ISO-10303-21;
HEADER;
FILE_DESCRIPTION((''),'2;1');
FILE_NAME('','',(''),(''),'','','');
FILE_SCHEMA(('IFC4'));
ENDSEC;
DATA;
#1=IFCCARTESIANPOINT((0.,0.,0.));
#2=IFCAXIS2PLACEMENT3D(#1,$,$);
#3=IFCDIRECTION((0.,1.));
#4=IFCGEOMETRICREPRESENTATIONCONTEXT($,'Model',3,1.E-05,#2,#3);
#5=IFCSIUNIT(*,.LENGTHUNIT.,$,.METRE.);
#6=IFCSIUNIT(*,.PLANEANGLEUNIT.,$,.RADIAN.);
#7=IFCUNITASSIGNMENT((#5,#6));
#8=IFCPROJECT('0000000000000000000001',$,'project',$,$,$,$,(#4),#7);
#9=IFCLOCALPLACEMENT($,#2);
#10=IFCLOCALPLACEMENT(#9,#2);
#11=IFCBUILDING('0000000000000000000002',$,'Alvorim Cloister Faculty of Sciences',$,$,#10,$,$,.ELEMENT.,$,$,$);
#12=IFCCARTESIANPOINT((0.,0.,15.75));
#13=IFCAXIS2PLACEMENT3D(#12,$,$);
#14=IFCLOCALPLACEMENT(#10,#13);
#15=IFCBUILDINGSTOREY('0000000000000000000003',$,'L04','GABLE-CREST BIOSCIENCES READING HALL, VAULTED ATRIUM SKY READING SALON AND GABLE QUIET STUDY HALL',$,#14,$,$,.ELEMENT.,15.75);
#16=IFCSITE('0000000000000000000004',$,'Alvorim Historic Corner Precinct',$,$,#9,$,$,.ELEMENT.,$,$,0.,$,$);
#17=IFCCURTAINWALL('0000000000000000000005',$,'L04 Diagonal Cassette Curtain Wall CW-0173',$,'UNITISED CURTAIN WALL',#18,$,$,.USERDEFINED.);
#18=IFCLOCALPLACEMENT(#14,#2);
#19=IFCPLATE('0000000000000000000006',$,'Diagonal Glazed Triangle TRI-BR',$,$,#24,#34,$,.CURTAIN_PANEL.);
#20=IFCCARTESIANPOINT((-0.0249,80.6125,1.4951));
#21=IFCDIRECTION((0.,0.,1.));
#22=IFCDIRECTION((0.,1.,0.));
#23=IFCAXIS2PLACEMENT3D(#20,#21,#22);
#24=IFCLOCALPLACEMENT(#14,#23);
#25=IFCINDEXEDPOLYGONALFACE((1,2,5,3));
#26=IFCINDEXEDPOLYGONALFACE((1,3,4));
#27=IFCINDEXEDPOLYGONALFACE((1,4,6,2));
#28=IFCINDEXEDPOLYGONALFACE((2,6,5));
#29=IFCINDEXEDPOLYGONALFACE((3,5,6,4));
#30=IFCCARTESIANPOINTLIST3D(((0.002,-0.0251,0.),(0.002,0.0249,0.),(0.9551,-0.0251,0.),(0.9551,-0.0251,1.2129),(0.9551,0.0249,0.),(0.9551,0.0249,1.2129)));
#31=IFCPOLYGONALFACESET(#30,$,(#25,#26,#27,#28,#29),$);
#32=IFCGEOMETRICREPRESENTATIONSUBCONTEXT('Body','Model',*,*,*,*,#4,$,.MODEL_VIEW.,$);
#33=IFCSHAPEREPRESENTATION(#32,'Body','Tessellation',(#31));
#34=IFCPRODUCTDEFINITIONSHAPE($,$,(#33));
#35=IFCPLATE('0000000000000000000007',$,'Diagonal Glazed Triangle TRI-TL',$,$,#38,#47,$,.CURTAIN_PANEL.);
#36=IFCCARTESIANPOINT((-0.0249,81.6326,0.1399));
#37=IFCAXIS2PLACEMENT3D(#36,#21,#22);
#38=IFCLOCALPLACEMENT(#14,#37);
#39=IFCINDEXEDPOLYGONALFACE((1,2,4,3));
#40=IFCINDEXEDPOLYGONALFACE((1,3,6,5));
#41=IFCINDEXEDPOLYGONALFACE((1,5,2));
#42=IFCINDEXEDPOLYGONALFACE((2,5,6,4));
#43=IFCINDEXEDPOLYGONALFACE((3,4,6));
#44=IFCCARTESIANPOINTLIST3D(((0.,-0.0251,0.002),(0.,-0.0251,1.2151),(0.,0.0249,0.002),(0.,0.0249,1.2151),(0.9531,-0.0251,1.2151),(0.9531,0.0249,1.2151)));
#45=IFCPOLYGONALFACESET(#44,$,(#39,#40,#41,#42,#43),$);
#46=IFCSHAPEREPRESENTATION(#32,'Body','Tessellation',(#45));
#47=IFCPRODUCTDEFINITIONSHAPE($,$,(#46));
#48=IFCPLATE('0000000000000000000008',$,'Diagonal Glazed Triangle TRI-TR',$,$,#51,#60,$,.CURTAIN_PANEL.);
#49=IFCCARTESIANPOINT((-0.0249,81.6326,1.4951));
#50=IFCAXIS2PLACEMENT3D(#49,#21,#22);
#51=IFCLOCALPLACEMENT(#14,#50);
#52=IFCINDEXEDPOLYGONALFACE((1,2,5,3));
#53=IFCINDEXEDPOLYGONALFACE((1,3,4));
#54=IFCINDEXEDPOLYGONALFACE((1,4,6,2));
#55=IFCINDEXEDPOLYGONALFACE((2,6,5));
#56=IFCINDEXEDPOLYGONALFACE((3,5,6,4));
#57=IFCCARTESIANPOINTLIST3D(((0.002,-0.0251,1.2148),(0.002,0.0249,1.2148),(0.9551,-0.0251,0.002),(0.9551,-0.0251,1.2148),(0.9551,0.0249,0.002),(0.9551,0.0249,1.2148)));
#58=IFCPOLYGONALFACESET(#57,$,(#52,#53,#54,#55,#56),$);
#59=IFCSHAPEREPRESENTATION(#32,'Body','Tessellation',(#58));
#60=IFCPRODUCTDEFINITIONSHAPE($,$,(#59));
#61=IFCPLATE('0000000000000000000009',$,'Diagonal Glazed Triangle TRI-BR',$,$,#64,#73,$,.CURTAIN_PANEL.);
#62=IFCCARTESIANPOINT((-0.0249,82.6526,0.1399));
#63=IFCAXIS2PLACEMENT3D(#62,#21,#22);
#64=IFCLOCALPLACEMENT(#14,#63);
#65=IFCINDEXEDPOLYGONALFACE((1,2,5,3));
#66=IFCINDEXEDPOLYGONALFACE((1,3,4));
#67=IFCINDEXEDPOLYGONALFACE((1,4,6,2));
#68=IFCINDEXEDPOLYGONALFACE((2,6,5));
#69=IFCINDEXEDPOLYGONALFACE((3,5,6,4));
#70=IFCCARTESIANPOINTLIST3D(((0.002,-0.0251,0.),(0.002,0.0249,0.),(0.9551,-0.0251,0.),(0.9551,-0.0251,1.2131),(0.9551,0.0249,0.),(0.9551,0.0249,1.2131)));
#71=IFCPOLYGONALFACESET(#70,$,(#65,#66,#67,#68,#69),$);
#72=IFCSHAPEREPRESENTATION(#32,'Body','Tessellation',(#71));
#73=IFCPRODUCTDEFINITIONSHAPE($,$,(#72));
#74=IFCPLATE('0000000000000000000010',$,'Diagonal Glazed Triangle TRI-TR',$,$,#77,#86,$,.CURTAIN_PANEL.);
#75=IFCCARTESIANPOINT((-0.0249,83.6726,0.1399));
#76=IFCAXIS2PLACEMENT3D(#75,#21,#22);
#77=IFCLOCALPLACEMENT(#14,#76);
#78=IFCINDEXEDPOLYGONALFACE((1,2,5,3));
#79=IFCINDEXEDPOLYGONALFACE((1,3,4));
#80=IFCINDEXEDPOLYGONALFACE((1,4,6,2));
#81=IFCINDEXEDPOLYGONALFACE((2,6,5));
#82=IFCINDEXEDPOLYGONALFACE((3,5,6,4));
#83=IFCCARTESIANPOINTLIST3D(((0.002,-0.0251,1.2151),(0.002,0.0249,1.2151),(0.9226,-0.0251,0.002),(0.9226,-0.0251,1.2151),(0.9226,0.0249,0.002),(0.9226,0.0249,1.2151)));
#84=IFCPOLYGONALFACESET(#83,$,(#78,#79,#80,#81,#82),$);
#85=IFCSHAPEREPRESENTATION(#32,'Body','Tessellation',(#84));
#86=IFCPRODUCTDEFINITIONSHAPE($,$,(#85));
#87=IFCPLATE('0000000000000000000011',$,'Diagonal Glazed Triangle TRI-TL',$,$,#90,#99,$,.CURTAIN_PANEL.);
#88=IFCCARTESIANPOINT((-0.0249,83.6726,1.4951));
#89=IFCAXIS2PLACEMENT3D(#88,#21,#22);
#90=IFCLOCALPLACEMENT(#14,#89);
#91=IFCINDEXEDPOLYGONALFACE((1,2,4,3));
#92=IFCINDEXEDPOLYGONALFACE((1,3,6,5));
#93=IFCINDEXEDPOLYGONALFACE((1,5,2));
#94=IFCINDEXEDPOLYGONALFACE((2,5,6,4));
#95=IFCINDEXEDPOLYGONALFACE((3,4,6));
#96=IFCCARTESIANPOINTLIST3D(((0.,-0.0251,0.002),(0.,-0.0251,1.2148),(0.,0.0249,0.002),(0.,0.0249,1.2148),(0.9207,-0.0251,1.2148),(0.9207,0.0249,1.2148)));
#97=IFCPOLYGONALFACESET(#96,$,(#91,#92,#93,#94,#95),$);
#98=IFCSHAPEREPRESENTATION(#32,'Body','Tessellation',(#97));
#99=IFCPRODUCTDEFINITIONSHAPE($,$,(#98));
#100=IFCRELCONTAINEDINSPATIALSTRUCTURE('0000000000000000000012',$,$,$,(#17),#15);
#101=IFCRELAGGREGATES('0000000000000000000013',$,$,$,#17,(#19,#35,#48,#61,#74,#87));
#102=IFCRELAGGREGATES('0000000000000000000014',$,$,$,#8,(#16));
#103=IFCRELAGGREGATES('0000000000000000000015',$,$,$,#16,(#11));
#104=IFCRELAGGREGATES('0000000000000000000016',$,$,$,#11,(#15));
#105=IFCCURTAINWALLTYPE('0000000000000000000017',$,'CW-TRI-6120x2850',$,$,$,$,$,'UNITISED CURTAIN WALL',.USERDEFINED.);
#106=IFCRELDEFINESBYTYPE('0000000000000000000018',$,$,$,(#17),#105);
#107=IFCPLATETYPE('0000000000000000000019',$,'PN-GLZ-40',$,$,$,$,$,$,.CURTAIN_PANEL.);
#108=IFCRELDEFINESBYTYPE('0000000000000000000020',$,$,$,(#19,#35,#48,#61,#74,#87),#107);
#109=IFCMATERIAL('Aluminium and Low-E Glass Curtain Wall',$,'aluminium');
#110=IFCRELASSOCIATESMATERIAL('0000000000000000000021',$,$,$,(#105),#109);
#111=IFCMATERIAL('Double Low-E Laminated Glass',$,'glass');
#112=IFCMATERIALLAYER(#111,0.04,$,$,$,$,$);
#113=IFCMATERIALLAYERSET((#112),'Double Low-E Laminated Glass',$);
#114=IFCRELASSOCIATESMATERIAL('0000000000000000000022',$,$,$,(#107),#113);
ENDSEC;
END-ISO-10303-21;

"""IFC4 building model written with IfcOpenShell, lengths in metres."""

from ifc_helpers import new_model, si_unit, direction, frame, origin, place, context, subcontext, project, spatial, polyline, outline, extrude, material, layer, layer_set, type_object, element, aggregate, save


model = new_model("IFC4")

# Units and contexts
model_context = context("Model", 3, precision=1e-05, world=origin(), true_north=direction((0.0, 1.0)))
body_context = subcontext(model_context, "Body", "Model", "MODEL_VIEW")
ifc_project = project(units=[si_unit("LENGTHUNIT", "METRE"), si_unit("PLANEANGLEUNIT", "RADIAN")], contexts=[model_context])

# Site, building, storey
site_placement = place(None, origin())
site = spatial("IfcSite", under=ifc_project, at=site_placement, Name="Alvorim Historic Corner Precinct", CompositionType="ELEMENT", RefElevation=0.0)
building_placement = place(site_placement, origin())
building = spatial("IfcBuilding", under=site, at=building_placement, Name="Alvorim Cloister Faculty of Sciences", CompositionType="ELEMENT")
storey_placement = place(building_placement, frame((0.0, 0.0, 15.75)))
storey = spatial("IfcBuildingStorey", under=building, at=storey_placement, Name="L04", Description="GABLE-CREST BIOSCIENCES READING HALL, VAULTED ATRIUM SKY READING SALON AND GABLE QUIET STUDY HALL", CompositionType="ELEMENT", Elevation=15.75)

# Curtain wall, plates
ifc_material_1 = material(Name="Aluminium and Low-E Glass Curtain Wall", Category="aluminium")
curtain_wall_type = type_object("IfcCurtainWallType", Name="CW-TRI-6120x2850", ElementType="UNITISED CURTAIN WALL", PredefinedType="USERDEFINED", material=ifc_material_1)
curtain_wall_placement = place(storey_placement, origin())
curtain_wall = element("IfcCurtainWall", 1, at=curtain_wall_placement, inside=storey, type_object=curtain_wall_type, Name="L04 Diagonal Cassette Curtain Wall CW-0173", ObjectType="UNITISED CURTAIN WALL", PredefinedType="USERDEFINED")
ifc_material_2 = material(Name="Double Low-E Laminated Glass", Category="glass")
ifc_layer = layer(ifc_material_2, 0.04)
ifc_layer_set = layer_set([ifc_layer], Name="Double Low-E Laminated Glass")
plate_type = type_object("IfcPlateType", Name="PN-GLZ-40", PredefinedType="CURTAIN_PANEL", material=ifc_layer_set)
plate_1_placement = place(storey_placement, frame((-0.0249, 80.6125, 1.4951), z_axis=(0.0, 0.0, 1.0), x_axis=(0.0, 1.0, 0.0)))
plate_1 = element("IfcPlate", 2, at=plate_1_placement, type_object=plate_type, Name="Diagonal Glazed Triangle TRI-BR", PredefinedType="CURTAIN_PANEL", context=body_context, shape_type="SweptSolid", body=[
    extrude(outline(polyline([(0.002, 0.0), (0.9551, 0.0), (0.9551, 1.2129), (0.002, 0.0)])), frame((0.0, 0.0249, 0.0), z_axis=(0.0, -1.0, 0.0), x_axis=(1.0, 0.0, 0.0)), (0.0, 0.0, 1.0), 0.05),
])
plate_2_placement = place(storey_placement, frame((-0.0249, 81.6326, 0.1399), z_axis=(0.0, 0.0, 1.0), x_axis=(0.0, 1.0, 0.0)))
plate_2 = element("IfcPlate", 3, at=plate_2_placement, type_object=plate_type, Name="Diagonal Glazed Triangle TRI-TL", PredefinedType="CURTAIN_PANEL", context=body_context, shape_type="SweptSolid", body=[
    extrude(outline(polyline([(0.9531, 1.2151), (0.0, 1.2151), (0.0, 0.002), (0.9531, 1.2151)])), frame((0.0, 0.0249, 0.0), z_axis=(0.0, -1.0, 0.0), x_axis=(1.0, 0.0, 0.0)), (0.0, 0.0, 1.0), 0.05),
])
plate_3_placement = place(storey_placement, frame((-0.0249, 81.6326, 1.4951), z_axis=(0.0, 0.0, 1.0), x_axis=(0.0, 1.0, 0.0)))
plate_3 = element("IfcPlate", 4, at=plate_3_placement, type_object=plate_type, Name="Diagonal Glazed Triangle TRI-TR", PredefinedType="CURTAIN_PANEL", context=body_context, shape_type="SweptSolid", body=[
    extrude(outline(polyline([(0.9551, 0.002), (0.9551, 1.2148), (0.002, 1.2148), (0.9551, 0.002)])), frame((0.0, 0.0249, 0.0), z_axis=(0.0, -1.0, 0.0), x_axis=(1.0, 0.0, 0.0)), (0.0, 0.0, 1.0), 0.05),
])
plate_4_placement = place(storey_placement, frame((-0.0249, 82.6526, 0.1399), z_axis=(0.0, 0.0, 1.0), x_axis=(0.0, 1.0, 0.0)))
plate_4 = element("IfcPlate", 5, at=plate_4_placement, type_object=plate_type, Name="Diagonal Glazed Triangle TRI-BR", PredefinedType="CURTAIN_PANEL", context=body_context, shape_type="SweptSolid", body=[
    extrude(outline(polyline([(0.002, 0.0), (0.9551, 0.0), (0.9551, 1.2131), (0.002, 0.0)])), frame((0.0, 0.0249, 0.0), z_axis=(0.0, -1.0, 0.0), x_axis=(1.0, 0.0, 0.0)), (0.0, 0.0, 1.0), 0.05),
])
plate_5_placement = place(storey_placement, frame((-0.0249, 83.6726, 0.1399), z_axis=(0.0, 0.0, 1.0), x_axis=(0.0, 1.0, 0.0)))
plate_5 = element("IfcPlate", 6, at=plate_5_placement, type_object=plate_type, Name="Diagonal Glazed Triangle TRI-TR", PredefinedType="CURTAIN_PANEL", context=body_context, shape_type="SweptSolid", body=[
    extrude(outline(polyline([(0.9226, 0.002), (0.9226, 1.2151), (0.002, 1.2151), (0.9226, 0.002)])), frame((0.0, 0.0249, 0.0), z_axis=(0.0, -1.0, 0.0), x_axis=(1.0, 0.0, 0.0)), (0.0, 0.0, 1.0), 0.05),
])
plate_6_placement = place(storey_placement, frame((-0.0249, 83.6726, 1.4951), z_axis=(0.0, 0.0, 1.0), x_axis=(0.0, 1.0, 0.0)))
plate_6 = element("IfcPlate", 7, at=plate_6_placement, type_object=plate_type, Name="Diagonal Glazed Triangle TRI-TL", PredefinedType="CURTAIN_PANEL", context=body_context, shape_type="SweptSolid", body=[
    extrude(outline(polyline([(0.9207, 1.2148), (0.0, 1.2148), (0.0, 0.002), (0.9207, 1.2148)])), frame((0.0, 0.0249, 0.0), z_axis=(0.0, -1.0, 0.0), x_axis=(1.0, 0.0, 0.0)), (0.0, 0.0, 1.0), 0.05),
])
aggregate(curtain_wall, [plate_1, plate_2, plate_3, plate_4, plate_5, plate_6])

save(model, "model.ifc")
